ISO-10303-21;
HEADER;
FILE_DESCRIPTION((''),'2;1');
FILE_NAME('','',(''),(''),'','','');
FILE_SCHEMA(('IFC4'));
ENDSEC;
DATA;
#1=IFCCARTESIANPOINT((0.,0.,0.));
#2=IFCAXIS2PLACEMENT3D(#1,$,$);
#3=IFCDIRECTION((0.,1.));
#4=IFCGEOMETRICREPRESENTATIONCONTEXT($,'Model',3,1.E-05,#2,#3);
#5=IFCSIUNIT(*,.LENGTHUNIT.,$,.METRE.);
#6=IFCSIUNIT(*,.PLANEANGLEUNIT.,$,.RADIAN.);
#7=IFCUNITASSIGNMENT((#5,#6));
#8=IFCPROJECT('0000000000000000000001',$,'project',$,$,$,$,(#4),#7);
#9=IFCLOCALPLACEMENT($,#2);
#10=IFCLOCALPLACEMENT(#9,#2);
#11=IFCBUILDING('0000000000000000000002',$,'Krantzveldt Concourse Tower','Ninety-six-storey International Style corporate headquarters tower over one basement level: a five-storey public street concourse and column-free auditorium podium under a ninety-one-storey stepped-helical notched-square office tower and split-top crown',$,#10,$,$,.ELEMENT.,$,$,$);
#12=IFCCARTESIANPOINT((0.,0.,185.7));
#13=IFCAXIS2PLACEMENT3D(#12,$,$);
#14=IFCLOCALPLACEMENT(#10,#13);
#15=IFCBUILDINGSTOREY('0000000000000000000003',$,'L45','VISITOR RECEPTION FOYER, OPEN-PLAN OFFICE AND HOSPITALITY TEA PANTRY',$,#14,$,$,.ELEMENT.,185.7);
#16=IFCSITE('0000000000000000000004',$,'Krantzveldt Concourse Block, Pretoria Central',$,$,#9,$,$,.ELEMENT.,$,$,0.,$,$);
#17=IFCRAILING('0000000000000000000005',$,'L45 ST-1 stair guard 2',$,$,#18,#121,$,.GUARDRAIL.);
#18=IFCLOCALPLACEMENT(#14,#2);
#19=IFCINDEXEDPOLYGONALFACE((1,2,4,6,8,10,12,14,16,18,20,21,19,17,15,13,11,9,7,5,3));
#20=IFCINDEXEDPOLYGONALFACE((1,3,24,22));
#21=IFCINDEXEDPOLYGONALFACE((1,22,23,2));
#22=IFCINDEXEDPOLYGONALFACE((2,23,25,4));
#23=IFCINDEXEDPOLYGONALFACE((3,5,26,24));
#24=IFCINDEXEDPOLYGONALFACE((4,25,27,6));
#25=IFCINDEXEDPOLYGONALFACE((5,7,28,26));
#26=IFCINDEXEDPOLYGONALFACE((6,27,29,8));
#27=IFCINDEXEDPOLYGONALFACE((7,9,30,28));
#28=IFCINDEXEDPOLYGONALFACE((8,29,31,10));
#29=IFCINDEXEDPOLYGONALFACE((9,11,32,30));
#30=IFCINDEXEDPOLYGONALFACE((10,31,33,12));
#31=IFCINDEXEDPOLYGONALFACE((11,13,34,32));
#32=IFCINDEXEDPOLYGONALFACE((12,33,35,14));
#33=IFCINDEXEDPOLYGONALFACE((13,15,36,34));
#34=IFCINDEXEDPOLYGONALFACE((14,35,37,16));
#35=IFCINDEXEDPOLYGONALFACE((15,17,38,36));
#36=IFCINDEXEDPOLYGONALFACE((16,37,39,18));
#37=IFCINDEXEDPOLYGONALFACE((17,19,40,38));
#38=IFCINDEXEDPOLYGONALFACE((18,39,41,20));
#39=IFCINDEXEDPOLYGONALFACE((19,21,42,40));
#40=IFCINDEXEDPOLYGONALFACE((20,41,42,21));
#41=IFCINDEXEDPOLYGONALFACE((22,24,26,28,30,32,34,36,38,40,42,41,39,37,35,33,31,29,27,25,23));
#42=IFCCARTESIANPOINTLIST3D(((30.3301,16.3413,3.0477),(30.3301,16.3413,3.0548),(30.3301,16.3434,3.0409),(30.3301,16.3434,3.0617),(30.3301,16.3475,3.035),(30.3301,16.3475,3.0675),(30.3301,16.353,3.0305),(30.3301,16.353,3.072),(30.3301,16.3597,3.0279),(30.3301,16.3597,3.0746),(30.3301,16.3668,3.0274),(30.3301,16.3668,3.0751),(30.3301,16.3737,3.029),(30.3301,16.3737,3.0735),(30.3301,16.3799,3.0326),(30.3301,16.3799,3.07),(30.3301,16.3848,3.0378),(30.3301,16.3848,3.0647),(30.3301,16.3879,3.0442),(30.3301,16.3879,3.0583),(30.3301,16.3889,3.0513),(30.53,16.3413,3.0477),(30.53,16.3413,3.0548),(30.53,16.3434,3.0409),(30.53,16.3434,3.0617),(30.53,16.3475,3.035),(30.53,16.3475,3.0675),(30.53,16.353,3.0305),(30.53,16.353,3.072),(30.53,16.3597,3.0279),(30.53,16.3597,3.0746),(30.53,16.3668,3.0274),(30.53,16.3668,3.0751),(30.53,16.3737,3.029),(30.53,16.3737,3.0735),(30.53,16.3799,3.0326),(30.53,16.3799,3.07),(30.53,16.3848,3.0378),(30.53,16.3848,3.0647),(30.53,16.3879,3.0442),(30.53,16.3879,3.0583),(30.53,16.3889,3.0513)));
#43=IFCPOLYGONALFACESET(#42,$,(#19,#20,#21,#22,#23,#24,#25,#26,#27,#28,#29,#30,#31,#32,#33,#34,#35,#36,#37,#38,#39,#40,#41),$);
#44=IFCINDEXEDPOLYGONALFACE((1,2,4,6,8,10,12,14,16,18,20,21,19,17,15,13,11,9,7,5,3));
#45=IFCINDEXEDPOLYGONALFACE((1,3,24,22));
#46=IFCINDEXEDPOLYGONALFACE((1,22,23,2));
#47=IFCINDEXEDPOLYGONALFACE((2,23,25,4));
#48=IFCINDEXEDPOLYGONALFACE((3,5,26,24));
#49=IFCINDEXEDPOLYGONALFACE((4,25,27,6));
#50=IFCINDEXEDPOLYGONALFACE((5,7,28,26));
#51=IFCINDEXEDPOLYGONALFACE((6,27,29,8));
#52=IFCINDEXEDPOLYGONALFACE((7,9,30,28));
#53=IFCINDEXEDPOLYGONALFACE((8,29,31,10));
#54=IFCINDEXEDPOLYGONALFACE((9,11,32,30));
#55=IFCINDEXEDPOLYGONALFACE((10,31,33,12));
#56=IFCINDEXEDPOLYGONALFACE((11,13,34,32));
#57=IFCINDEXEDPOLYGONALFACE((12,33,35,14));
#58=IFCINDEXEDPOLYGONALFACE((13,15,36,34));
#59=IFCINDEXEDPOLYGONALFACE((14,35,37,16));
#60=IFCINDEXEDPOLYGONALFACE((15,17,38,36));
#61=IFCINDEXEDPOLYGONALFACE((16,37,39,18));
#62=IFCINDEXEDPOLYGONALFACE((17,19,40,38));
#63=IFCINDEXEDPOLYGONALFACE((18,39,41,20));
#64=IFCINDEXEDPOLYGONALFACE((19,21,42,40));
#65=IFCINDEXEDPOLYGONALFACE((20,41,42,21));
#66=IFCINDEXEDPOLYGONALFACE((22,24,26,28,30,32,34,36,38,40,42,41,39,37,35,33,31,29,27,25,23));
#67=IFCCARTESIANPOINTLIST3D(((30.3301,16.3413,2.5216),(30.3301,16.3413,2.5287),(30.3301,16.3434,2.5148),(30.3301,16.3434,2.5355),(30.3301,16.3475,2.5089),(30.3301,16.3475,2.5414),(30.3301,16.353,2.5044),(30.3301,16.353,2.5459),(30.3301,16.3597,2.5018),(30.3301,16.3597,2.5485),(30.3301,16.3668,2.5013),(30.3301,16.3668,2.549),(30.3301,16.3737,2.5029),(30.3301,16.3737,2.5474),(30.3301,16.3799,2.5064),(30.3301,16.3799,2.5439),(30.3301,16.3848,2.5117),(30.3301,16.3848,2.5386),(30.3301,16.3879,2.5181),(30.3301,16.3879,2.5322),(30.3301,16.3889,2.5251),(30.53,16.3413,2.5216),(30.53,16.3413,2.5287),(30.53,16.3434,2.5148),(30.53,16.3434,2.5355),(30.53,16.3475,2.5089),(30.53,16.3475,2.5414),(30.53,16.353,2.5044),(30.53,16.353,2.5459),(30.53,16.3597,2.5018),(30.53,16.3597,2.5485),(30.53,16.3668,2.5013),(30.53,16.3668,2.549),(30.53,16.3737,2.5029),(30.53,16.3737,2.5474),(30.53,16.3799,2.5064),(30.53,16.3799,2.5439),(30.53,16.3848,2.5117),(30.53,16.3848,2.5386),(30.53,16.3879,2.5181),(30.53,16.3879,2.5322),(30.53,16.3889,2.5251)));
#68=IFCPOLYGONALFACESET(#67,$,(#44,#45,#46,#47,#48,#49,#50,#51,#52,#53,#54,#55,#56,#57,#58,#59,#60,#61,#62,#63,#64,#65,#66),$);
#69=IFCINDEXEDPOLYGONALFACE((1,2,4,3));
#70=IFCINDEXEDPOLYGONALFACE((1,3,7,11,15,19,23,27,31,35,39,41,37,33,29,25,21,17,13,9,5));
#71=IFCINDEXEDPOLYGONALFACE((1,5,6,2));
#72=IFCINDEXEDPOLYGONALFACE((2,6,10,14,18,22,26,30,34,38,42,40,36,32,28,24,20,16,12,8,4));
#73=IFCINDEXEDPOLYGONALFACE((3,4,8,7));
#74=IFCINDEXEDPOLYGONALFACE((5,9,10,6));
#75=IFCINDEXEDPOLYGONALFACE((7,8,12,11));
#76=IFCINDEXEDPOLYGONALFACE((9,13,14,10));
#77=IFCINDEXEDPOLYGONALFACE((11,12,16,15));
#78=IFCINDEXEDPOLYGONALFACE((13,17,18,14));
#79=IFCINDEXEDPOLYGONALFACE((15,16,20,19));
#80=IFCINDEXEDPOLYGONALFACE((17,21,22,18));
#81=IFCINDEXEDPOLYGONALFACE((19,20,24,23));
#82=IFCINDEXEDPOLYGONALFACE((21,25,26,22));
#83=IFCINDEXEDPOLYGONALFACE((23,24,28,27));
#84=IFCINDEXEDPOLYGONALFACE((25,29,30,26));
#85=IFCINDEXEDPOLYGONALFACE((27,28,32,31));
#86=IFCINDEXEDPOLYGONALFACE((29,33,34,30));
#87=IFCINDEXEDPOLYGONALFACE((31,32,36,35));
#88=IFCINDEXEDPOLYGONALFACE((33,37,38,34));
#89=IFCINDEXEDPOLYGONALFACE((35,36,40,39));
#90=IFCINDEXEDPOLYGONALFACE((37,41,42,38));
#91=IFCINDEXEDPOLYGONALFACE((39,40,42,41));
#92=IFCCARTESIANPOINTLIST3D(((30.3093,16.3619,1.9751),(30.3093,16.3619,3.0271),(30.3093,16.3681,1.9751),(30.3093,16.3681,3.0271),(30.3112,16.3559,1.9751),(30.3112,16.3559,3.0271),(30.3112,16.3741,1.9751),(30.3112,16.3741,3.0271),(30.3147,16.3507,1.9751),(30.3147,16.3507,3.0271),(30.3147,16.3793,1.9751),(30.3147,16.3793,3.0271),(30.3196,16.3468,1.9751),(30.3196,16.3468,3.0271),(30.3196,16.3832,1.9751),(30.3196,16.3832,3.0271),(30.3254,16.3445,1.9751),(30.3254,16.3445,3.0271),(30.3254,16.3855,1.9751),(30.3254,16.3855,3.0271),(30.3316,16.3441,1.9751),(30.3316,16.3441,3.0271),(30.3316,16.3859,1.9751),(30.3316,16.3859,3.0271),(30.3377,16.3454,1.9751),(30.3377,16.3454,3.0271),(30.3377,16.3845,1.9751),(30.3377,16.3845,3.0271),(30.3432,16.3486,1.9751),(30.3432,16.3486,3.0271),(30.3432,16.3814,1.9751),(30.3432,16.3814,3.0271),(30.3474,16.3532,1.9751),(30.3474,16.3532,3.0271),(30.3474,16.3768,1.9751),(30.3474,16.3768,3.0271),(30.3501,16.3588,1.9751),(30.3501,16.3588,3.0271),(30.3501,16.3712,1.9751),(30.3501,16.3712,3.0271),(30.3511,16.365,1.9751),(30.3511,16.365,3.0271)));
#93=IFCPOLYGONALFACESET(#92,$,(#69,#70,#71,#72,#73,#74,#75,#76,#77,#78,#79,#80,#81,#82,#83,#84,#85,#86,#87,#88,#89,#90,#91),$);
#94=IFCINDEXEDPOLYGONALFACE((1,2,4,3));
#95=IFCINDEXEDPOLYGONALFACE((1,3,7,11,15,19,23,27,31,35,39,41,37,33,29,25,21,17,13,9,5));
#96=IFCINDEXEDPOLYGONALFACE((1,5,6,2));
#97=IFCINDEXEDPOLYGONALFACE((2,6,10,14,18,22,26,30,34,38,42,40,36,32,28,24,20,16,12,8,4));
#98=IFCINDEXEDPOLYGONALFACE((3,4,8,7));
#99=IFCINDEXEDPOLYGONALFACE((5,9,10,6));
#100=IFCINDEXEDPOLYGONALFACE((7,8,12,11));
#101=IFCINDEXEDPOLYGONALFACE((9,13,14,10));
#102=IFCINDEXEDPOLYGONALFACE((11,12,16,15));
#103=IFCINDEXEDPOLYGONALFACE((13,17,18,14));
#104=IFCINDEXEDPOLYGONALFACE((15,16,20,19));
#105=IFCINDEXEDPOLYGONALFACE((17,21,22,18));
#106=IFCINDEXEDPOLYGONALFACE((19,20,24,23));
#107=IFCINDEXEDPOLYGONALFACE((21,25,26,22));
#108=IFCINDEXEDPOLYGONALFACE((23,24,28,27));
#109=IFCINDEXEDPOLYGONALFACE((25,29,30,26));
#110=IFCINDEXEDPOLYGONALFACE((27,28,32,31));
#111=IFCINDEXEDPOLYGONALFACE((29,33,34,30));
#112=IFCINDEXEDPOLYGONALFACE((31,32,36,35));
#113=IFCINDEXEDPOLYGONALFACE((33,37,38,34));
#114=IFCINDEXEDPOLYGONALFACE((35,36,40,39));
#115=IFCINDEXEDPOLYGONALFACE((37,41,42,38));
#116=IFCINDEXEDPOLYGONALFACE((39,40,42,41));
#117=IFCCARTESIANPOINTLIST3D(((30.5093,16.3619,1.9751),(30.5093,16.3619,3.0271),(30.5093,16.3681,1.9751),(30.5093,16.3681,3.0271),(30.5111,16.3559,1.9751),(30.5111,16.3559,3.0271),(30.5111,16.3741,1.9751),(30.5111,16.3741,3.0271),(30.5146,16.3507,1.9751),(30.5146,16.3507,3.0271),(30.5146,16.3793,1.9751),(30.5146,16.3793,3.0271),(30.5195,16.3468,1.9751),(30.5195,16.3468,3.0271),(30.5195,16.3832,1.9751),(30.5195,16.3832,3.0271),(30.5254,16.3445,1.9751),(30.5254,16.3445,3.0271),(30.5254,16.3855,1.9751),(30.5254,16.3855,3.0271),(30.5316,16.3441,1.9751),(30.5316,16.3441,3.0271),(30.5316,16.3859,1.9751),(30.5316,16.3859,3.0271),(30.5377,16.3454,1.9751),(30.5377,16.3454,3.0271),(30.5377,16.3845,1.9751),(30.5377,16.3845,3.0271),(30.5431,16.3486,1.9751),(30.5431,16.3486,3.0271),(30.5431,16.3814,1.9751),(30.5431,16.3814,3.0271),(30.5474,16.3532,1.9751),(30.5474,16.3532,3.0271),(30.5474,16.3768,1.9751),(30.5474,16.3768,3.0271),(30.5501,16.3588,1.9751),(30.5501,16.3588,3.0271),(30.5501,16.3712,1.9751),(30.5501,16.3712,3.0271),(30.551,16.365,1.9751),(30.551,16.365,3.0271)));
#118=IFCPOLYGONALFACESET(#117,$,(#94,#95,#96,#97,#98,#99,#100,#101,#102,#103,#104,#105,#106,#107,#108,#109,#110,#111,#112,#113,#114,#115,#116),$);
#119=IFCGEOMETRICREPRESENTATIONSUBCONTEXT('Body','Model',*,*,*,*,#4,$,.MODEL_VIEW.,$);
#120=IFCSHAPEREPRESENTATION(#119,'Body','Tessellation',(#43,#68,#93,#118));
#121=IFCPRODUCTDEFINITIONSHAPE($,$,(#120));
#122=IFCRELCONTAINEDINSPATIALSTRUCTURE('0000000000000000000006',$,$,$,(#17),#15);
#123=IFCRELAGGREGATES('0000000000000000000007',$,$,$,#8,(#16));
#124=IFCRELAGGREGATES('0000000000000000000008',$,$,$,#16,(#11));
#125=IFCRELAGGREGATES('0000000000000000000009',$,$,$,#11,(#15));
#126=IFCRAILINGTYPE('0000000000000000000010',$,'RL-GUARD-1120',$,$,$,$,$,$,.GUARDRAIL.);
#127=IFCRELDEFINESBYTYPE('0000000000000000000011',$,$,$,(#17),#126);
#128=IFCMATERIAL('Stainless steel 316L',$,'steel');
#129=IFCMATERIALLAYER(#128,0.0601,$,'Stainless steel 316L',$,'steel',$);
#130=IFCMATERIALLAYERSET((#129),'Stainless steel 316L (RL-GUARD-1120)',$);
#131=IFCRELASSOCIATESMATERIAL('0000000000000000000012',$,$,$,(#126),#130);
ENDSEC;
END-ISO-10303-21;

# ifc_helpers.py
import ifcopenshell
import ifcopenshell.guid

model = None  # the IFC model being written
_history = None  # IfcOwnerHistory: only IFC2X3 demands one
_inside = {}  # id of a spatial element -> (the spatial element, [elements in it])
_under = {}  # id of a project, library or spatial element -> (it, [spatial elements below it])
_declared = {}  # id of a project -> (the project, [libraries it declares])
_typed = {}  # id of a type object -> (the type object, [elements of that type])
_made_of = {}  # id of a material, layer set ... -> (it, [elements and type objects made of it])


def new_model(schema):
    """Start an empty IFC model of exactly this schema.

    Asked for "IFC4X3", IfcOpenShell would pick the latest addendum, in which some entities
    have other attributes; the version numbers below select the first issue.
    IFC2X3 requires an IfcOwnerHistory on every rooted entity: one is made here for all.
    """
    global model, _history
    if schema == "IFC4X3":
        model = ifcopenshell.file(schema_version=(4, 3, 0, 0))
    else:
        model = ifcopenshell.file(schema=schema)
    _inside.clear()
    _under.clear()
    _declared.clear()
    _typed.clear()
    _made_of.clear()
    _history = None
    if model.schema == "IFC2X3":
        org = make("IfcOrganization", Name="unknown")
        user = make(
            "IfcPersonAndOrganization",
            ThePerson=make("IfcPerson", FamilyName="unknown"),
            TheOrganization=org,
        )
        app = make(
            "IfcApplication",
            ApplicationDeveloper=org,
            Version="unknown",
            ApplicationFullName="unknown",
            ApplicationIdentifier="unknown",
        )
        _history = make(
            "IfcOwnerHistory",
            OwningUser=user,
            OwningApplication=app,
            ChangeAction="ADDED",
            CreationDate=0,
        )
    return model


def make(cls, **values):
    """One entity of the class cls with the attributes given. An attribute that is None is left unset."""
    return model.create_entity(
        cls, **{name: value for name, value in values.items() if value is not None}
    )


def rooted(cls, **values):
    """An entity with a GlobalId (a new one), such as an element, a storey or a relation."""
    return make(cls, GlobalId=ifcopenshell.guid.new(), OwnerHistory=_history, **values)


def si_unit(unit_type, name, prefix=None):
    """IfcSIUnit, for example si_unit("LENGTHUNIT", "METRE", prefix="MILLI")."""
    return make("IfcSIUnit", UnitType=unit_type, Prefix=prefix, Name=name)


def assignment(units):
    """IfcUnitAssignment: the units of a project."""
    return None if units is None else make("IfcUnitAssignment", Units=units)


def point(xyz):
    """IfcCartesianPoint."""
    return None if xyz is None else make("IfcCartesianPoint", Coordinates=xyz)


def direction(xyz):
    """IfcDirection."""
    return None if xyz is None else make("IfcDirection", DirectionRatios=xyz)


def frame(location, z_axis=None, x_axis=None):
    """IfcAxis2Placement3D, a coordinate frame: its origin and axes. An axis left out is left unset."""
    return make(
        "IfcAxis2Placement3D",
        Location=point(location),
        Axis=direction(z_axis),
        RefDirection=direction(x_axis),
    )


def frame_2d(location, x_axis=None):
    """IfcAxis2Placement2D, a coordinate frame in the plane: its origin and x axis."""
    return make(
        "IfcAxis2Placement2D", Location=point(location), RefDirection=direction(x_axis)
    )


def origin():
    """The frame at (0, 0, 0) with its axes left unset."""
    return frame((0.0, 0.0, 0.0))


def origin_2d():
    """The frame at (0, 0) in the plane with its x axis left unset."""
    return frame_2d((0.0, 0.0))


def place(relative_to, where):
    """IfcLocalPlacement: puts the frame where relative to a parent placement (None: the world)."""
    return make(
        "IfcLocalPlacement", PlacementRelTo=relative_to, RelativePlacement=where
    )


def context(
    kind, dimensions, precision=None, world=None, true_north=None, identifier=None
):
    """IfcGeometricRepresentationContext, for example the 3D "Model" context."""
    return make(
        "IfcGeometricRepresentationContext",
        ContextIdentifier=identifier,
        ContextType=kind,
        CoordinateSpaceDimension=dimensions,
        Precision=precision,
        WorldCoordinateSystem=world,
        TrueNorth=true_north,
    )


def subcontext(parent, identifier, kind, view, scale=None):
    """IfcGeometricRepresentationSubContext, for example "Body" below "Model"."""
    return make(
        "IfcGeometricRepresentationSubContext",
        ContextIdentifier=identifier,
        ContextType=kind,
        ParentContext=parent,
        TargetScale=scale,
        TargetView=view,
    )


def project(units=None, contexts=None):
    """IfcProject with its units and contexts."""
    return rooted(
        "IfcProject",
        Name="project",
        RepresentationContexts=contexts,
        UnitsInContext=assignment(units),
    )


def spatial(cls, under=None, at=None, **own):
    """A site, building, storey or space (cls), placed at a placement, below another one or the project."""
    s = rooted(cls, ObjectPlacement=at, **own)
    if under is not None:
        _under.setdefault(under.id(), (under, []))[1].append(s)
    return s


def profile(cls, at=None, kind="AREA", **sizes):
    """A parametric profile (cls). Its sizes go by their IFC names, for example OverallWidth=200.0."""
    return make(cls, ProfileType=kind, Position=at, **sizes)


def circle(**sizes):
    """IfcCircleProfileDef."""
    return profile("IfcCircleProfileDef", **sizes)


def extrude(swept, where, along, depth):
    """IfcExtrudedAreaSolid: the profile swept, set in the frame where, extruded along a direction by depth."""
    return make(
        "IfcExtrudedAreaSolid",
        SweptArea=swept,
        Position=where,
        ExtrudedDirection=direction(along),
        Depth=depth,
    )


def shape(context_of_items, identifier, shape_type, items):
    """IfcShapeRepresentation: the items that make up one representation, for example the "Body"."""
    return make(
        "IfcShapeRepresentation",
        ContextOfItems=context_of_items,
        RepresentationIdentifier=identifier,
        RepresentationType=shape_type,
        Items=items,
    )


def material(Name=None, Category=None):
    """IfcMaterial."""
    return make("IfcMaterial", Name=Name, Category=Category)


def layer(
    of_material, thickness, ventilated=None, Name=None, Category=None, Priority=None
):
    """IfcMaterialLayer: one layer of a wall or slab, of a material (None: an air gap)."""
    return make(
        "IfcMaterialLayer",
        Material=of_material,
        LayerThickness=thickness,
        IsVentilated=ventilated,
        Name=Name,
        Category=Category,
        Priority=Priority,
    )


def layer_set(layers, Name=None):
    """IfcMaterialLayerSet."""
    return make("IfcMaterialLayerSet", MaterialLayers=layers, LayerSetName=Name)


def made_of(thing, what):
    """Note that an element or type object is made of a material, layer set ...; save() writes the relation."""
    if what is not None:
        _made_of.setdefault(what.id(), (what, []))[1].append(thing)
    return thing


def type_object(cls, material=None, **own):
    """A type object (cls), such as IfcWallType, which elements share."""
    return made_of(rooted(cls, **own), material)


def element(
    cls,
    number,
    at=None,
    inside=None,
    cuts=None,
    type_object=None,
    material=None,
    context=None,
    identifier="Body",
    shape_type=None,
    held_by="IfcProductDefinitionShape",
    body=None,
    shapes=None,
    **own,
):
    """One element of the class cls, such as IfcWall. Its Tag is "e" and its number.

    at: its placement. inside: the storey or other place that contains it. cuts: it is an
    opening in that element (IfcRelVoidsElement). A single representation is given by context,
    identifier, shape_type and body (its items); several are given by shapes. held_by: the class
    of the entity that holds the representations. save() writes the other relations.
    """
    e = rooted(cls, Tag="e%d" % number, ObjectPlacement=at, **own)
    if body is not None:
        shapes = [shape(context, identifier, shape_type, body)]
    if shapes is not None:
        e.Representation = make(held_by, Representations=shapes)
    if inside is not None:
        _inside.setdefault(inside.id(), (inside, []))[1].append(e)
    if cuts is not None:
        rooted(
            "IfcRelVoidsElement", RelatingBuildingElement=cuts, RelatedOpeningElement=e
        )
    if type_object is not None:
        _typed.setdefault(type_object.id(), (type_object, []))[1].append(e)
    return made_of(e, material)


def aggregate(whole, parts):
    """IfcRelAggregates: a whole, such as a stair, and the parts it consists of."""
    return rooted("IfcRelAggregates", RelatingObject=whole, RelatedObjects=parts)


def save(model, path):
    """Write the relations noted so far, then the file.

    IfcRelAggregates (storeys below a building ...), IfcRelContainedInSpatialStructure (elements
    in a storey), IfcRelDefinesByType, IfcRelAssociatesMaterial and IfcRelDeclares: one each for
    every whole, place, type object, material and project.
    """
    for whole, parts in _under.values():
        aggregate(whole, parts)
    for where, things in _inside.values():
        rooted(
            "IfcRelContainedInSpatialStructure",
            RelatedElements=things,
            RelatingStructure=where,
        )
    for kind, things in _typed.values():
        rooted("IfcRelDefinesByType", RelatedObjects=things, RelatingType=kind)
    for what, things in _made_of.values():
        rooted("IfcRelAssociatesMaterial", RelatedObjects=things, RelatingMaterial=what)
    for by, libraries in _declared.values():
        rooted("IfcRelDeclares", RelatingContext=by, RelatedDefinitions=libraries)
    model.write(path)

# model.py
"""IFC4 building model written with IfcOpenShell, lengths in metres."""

from ifc_helpers import new_model, si_unit, direction, frame, origin, origin_2d, place, context, subcontext, project, spatial, circle, extrude, material, layer, layer_set, type_object, element, save


model = new_model("IFC4")

# Units and contexts
model_context = context("Model", 3, precision=1e-05, world=origin(), true_north=direction((0.0, 1.0)))
body_context = subcontext(model_context, "Body", "Model", "MODEL_VIEW")
ifc_project = project(units=[si_unit("LENGTHUNIT", "METRE"), si_unit("PLANEANGLEUNIT", "RADIAN")], contexts=[model_context])

# Site, building, storey
site_placement = place(None, origin())
site = spatial("IfcSite", under=ifc_project, at=site_placement, Name="Krantzveldt Concourse Block, Pretoria Central", CompositionType="ELEMENT", RefElevation=0.0)
building_placement = place(site_placement, origin())
building = spatial("IfcBuilding", under=site, at=building_placement, Name="Krantzveldt Concourse Tower", Description="Ninety-six-storey International Style corporate headquarters tower over one basement level: a five-storey public street concourse and column-free auditorium podium under a ninety-one-storey stepped-helical notched-square office tower and split-top crown", CompositionType="ELEMENT")
storey_placement = place(building_placement, frame((0.0, 0.0, 185.7)))
storey = spatial("IfcBuildingStorey", under=building, at=storey_placement, Name="L45", Description="VISITOR RECEPTION FOYER, OPEN-PLAN OFFICE AND HOSPITALITY TEA PANTRY", CompositionType="ELEMENT", Elevation=185.7)

# Railing
ifc_material_1 = material(Name="Stainless steel 316L", Category="steel")
ifc_layer_1 = layer(ifc_material_1, 0.0601, Name="Stainless steel 316L", Category="steel")
ifc_layer_set_1 = layer_set([ifc_layer_1], Name="Stainless steel 316L (RL-GUARD-1120)")
railing_type_1 = type_object("IfcRailingType", Name="RL-GUARD-1120", PredefinedType="GUARDRAIL", material=ifc_layer_set_1)
railing_1_placement = place(storey_placement, frame((30.3301, 16.365, 1.9751)))
element("IfcRailing", 1, at=railing_1_placement, inside=storey, type_object=railing_type_1, Name="L45 ST-1 stair guard 2", PredefinedType="GUARDRAIL", context=body_context, shape_type="SweptSolid", body=[
    extrude(circle(Radius=0.0239, at=origin_2d()), frame((0.0, 0.0, 1.0762), z_axis=(1.0, 0.0, 0.0), x_axis=(0.0, 1.0, 0.0)), (0.0, 0.0, 1.0), 0.2),
    extrude(circle(Radius=0.0239, at=origin_2d()), frame((0.0, 0.0, 0.55), z_axis=(1.0, 0.0, 0.0), x_axis=(0.0, 1.0, 0.0)), (0.0, 0.0, 1.0), 0.2),
    extrude(circle(Radius=0.021, at=origin_2d()), origin(), (0.0, 0.0, 1.0), 1.052),
    extrude(circle(Radius=0.021, at=origin_2d()), frame((0.2, 0.0, 0.0)), (0.0, 0.0, 1.0), 1.052),
])

save(model, "model.ifc")
